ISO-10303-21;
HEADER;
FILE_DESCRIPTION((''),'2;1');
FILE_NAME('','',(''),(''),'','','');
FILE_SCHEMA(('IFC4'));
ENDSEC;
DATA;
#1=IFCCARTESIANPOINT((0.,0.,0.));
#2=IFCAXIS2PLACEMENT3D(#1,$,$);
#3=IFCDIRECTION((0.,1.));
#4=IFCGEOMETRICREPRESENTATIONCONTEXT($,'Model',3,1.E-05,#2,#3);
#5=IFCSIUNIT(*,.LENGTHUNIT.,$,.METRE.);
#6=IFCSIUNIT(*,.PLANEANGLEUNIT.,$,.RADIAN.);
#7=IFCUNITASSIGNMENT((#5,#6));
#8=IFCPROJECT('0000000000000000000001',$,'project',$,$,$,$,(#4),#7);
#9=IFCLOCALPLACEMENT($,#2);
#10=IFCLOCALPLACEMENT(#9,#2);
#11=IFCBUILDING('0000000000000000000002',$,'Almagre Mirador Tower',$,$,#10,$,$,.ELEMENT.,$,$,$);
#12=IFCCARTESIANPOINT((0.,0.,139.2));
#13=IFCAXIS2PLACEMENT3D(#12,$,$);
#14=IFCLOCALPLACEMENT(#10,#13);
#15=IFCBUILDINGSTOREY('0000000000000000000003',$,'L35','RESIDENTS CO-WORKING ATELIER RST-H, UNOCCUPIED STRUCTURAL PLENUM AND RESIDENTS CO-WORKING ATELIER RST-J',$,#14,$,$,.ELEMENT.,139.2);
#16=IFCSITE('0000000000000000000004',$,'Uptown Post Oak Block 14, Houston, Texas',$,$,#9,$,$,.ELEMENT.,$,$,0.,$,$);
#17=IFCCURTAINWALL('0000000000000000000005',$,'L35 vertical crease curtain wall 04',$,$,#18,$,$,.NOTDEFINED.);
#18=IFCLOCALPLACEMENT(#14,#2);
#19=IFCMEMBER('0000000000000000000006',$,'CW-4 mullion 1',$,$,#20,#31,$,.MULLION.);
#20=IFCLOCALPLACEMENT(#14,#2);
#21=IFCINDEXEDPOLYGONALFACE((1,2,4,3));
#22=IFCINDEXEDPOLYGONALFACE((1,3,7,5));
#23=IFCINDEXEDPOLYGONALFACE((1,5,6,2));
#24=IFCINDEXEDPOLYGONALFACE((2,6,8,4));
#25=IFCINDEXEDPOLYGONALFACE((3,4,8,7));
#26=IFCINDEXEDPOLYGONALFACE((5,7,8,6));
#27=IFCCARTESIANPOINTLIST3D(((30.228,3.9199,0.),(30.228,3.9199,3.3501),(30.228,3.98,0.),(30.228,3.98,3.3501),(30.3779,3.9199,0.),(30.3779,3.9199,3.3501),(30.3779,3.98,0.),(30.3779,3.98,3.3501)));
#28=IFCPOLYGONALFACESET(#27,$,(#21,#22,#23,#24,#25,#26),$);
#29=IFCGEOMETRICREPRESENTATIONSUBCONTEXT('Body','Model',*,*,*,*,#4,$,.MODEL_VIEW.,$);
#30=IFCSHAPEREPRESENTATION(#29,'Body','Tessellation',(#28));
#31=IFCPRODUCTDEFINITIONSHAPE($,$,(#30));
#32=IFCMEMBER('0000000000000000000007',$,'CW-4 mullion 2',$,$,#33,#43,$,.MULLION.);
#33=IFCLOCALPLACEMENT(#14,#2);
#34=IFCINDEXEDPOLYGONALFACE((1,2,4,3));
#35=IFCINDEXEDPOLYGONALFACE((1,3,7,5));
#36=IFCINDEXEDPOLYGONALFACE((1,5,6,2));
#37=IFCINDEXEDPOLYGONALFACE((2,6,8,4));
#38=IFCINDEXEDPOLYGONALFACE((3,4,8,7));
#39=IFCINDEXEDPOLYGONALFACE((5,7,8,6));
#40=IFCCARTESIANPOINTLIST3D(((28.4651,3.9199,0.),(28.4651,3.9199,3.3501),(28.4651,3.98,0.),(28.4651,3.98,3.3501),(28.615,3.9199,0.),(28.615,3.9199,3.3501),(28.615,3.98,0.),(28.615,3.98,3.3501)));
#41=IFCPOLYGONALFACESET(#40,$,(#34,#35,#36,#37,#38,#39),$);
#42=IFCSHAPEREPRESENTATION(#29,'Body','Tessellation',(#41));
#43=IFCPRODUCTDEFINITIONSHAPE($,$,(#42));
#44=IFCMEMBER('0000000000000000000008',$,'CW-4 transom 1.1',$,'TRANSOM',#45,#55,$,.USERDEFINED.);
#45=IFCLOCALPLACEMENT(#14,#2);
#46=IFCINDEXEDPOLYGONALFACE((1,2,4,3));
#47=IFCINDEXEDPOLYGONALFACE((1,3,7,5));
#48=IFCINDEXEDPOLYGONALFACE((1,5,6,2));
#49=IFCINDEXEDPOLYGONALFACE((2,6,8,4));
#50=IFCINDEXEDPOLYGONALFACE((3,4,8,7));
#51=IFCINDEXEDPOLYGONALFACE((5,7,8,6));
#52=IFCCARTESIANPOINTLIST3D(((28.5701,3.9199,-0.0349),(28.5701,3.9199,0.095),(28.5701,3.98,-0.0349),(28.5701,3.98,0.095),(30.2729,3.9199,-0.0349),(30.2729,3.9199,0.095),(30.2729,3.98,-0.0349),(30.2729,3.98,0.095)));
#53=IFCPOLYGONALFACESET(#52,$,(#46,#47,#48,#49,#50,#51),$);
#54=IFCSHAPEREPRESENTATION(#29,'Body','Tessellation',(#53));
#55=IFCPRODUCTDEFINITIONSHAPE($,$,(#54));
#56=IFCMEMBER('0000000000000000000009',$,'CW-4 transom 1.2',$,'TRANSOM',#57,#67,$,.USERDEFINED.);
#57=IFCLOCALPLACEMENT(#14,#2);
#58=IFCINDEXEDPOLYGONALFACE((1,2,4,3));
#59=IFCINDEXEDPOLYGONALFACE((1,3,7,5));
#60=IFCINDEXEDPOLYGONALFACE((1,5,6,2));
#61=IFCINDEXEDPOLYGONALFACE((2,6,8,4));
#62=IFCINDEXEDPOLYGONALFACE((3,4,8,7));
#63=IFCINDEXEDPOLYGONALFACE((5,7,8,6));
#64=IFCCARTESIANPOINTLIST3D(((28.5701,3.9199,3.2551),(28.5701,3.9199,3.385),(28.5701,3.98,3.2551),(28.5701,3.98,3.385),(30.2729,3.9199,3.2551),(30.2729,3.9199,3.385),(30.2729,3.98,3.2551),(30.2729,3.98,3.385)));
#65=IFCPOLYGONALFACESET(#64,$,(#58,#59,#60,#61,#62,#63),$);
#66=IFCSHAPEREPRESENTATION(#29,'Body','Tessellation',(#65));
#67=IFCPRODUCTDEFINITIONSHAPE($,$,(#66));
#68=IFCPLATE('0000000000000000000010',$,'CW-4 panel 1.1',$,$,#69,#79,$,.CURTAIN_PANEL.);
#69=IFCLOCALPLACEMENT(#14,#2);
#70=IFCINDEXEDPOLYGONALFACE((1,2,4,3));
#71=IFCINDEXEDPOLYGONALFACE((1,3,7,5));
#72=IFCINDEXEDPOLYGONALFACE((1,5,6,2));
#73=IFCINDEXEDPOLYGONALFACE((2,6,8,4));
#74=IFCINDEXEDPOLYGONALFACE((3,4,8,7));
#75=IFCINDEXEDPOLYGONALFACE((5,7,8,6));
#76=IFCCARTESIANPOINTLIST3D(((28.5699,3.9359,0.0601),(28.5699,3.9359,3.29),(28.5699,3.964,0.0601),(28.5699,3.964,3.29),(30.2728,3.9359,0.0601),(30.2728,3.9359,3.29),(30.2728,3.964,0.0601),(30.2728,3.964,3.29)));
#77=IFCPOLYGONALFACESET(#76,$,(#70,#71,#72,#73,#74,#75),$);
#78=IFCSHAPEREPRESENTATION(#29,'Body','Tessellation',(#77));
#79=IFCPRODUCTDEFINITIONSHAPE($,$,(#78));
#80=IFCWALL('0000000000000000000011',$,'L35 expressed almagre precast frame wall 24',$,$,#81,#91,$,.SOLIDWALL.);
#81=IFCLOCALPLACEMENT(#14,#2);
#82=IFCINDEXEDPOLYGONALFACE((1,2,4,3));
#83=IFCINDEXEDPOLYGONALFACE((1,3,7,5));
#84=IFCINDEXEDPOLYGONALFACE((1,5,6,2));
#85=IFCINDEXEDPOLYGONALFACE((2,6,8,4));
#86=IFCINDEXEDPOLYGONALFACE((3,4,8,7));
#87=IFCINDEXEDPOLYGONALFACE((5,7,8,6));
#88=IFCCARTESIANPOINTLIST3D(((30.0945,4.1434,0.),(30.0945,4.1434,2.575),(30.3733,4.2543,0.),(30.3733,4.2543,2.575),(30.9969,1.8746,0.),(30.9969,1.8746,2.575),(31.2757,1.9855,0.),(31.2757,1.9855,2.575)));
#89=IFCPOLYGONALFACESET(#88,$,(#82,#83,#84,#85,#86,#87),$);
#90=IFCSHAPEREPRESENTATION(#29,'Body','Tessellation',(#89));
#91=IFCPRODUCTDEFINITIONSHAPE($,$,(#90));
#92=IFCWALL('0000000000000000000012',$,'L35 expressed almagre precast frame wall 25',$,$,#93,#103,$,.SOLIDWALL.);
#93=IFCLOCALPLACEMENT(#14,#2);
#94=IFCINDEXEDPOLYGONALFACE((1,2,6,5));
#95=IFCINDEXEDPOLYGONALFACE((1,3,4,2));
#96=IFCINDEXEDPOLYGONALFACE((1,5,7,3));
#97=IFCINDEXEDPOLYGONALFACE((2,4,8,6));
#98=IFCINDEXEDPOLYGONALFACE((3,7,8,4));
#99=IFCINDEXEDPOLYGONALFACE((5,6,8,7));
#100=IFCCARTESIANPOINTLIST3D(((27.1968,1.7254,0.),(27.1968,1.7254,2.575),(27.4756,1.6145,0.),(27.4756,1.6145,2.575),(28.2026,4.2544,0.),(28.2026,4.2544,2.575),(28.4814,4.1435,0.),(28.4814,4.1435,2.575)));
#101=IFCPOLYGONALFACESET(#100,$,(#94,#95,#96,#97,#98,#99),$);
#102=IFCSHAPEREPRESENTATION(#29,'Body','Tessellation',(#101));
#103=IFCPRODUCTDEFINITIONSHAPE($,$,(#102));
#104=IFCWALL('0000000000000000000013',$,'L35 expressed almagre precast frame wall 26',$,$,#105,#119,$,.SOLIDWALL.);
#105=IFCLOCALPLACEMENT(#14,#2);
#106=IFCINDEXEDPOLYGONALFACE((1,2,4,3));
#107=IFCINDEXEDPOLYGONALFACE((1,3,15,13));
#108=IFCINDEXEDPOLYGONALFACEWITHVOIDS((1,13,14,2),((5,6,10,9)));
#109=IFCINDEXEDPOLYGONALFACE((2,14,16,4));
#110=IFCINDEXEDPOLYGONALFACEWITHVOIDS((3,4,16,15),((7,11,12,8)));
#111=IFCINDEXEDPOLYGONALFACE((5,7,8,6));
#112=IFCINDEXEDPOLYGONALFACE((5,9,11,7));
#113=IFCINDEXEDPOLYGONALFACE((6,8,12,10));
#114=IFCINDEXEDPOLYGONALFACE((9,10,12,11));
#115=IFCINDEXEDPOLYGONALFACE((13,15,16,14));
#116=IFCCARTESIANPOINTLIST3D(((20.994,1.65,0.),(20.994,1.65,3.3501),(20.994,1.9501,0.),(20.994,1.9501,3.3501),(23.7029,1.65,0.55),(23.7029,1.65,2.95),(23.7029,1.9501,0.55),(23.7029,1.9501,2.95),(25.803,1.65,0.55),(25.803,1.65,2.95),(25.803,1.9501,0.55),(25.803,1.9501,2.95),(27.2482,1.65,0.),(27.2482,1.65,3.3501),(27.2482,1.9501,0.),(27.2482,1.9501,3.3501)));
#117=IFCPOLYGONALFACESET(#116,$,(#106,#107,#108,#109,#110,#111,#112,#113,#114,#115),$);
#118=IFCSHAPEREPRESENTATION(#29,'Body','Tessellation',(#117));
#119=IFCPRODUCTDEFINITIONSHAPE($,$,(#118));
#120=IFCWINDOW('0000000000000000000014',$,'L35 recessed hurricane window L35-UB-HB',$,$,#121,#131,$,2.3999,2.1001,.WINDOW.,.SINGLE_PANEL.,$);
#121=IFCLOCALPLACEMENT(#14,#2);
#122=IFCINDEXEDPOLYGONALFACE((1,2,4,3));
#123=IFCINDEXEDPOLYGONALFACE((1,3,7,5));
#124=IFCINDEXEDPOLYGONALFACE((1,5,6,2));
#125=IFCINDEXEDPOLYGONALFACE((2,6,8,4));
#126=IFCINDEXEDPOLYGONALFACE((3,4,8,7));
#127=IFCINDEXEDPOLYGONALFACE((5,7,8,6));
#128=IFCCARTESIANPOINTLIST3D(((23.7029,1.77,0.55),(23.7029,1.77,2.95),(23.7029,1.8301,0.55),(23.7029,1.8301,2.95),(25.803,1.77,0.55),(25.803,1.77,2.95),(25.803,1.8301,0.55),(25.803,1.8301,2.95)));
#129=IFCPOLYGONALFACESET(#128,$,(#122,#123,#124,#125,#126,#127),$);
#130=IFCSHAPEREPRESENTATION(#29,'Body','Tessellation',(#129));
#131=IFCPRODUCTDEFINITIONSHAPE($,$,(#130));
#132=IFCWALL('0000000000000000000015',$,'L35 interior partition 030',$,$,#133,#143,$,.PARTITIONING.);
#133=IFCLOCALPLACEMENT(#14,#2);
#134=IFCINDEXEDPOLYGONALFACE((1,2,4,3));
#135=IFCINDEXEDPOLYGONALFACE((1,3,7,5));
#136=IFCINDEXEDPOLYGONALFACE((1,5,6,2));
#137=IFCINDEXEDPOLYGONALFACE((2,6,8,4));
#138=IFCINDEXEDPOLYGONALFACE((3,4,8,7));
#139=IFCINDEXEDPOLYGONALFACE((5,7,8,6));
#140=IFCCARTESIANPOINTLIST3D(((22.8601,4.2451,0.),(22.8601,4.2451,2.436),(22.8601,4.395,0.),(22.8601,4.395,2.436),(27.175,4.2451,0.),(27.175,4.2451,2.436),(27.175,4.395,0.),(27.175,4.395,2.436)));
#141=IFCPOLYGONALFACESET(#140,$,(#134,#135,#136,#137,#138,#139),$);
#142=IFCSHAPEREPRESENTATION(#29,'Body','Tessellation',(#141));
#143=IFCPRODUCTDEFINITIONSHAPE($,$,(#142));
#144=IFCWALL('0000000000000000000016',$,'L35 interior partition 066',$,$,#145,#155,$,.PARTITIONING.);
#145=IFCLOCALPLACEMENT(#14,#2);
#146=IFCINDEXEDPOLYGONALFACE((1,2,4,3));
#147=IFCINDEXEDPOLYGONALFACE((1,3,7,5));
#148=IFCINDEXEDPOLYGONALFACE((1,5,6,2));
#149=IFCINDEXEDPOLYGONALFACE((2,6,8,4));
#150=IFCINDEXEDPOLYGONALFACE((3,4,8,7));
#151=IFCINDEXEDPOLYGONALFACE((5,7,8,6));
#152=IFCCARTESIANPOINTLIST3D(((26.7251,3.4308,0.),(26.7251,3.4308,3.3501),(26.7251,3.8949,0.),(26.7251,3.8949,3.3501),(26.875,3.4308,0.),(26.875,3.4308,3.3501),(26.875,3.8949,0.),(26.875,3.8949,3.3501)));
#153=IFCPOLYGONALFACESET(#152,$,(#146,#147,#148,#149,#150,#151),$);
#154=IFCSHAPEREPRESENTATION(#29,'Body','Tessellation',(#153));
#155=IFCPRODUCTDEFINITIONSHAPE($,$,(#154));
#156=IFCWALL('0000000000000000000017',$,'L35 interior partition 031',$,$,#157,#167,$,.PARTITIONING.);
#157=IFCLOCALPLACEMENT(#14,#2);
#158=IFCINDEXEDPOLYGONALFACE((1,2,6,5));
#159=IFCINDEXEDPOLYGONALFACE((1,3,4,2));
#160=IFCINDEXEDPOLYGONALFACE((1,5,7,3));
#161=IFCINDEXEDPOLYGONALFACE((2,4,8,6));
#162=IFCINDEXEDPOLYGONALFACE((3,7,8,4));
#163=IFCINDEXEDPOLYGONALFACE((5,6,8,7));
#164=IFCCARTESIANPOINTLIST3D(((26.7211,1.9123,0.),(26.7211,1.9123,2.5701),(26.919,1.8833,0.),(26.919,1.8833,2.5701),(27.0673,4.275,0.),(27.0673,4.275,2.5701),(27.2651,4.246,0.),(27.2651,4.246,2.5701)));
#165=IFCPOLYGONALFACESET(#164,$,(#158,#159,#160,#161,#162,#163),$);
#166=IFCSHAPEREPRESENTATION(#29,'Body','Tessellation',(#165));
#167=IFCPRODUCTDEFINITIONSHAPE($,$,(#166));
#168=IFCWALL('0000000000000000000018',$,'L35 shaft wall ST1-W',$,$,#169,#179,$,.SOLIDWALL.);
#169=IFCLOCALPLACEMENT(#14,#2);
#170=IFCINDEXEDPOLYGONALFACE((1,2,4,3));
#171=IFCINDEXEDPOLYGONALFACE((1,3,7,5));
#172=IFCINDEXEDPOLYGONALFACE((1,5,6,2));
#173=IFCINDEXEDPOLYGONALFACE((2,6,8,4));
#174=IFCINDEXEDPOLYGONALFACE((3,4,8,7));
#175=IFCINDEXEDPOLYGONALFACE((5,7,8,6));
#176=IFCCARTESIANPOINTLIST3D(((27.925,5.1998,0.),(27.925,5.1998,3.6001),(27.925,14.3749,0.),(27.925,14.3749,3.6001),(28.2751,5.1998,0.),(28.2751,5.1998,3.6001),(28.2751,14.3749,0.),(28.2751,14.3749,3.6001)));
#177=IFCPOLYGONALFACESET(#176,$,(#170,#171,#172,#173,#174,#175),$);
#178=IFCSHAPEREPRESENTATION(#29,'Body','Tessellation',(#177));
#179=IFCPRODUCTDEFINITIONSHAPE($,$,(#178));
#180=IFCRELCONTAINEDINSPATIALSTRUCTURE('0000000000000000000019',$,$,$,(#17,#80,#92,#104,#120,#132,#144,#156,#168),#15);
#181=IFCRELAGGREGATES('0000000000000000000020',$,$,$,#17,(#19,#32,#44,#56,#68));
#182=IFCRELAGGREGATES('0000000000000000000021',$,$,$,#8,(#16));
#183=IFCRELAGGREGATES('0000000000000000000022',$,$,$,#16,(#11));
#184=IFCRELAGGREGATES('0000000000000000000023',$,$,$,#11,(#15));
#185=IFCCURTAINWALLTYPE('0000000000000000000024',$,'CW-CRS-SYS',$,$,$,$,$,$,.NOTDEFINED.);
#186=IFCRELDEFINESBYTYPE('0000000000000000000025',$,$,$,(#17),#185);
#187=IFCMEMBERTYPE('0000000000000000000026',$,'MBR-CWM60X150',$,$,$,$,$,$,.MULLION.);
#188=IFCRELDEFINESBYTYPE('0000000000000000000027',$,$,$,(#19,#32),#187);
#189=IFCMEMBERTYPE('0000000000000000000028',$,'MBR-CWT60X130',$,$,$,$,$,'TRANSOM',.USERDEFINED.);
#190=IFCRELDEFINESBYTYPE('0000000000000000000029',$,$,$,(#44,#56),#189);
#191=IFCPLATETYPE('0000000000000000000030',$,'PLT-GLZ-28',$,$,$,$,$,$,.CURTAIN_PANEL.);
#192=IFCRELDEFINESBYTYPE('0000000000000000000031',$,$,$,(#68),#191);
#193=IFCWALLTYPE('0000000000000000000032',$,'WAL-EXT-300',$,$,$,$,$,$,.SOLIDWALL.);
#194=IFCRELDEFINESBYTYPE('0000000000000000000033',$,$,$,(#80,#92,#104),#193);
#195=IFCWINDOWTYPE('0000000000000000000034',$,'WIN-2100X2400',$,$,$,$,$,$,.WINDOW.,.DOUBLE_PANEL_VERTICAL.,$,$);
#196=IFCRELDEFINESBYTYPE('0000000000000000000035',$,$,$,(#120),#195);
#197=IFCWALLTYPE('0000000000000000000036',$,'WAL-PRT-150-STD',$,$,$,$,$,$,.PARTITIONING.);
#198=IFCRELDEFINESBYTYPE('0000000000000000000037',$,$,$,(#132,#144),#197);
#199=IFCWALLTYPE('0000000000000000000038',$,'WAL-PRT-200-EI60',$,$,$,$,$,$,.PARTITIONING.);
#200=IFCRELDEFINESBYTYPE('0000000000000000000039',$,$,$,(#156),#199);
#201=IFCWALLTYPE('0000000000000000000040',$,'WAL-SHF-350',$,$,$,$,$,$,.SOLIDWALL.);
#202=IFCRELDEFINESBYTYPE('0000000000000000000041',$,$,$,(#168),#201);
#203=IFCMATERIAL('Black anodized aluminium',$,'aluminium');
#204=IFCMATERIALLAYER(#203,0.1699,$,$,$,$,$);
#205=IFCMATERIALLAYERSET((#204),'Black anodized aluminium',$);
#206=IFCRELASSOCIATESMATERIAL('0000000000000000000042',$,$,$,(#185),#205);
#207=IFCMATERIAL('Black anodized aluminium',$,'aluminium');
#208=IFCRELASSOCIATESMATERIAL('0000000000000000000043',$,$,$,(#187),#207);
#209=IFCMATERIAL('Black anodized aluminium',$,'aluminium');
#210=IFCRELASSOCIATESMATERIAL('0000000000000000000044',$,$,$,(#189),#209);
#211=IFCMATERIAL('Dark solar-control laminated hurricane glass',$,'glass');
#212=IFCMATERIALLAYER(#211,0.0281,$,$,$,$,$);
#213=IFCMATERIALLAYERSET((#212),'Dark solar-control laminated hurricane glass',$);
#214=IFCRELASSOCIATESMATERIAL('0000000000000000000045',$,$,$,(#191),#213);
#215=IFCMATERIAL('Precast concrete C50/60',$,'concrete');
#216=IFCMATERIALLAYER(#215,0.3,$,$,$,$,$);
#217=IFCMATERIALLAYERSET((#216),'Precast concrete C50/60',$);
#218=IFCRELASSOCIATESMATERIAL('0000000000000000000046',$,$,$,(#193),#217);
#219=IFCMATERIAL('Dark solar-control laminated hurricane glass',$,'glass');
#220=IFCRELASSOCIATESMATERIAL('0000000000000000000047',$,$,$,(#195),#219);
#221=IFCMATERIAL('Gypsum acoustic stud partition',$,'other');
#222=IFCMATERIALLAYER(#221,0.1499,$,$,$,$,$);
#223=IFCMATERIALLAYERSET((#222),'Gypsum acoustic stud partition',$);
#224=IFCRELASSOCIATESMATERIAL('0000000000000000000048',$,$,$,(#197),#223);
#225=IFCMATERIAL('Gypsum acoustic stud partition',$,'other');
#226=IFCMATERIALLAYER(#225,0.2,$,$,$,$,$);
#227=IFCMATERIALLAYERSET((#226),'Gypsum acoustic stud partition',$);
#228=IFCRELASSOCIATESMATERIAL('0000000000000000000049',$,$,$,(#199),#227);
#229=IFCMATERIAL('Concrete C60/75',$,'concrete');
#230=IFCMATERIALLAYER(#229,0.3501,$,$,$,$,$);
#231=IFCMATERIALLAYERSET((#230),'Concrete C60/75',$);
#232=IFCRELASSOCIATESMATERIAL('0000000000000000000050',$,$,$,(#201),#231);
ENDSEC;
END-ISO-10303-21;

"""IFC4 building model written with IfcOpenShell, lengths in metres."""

from ifc_helpers import new_model, si_unit, direction, frame, frame_2d, origin, origin_2d, place, context, subcontext, project, spatial, rectangle, extrude, material, layer, layer_set, material_profile, profile_set, type_object, element, fill, aggregate, save


model = new_model("IFC4")

# Units and contexts
model_context = context("Model", 3, precision=1e-05, world=origin(), true_north=direction((0.0, 1.0)))
body_context = subcontext(model_context, "Body", "Model", "MODEL_VIEW")
ifc_project = project(units=[si_unit("LENGTHUNIT", "METRE"), si_unit("PLANEANGLEUNIT", "RADIAN")], contexts=[model_context])

# Site, building, storey
site_placement = place(None, origin())
site = spatial("IfcSite", under=ifc_project, at=site_placement, Name="Uptown Post Oak Block 14, Houston, Texas", CompositionType="ELEMENT", RefElevation=0.0)
building_placement = place(site_placement, origin())
building = spatial("IfcBuilding", under=site, at=building_placement, Name="Almagre Mirador Tower", CompositionType="ELEMENT")
storey_placement = place(building_placement, frame((0.0, 0.0, 139.2)))
storey = spatial("IfcBuildingStorey", under=building, at=storey_placement, Name="L35", Description="RESIDENTS CO-WORKING ATELIER RST-H, UNOCCUPIED STRUCTURAL PLENUM AND RESIDENTS CO-WORKING ATELIER RST-J", CompositionType="ELEMENT", Elevation=139.2)

# Curtain wall, members, plate
ifc_material_1 = material(Name="Black anodized aluminium", Category="aluminium")
ifc_layer_1 = layer(ifc_material_1, 0.1699)
ifc_layer_set_1 = layer_set([ifc_layer_1], Name="Black anodized aluminium")
curtain_wall_type = type_object("IfcCurtainWallType", Name="CW-CRS-SYS", PredefinedType="NOTDEFINED", material=ifc_layer_set_1)
curtain_wall_placement = place(storey_placement, origin())
curtain_wall = element("IfcCurtainWall", 1, at=curtain_wall_placement, inside=storey, type_object=curtain_wall_type, Name="L35 vertical crease curtain wall 04", PredefinedType="NOTDEFINED")
ifc_material_2 = material(Name="Black anodized aluminium", Category="aluminium")
ifc_material_profile_1 = material_profile(ifc_material_2, rectangle(XDim=0.0601, YDim=0.1499, at=origin_2d()), Name="CWM60X150")
ifc_profile_set_1 = profile_set([ifc_material_profile_1], Name="Black anodized aluminium")
member_type_1 = type_object("IfcMemberType", Name="MBR-CWM60X150", PredefinedType="MULLION", material=ifc_profile_set_1)
member_1_placement = place(storey_placement, frame((30.303, 3.95, 0.0), z_axis=(0.0, 0.0, 1.0), x_axis=(0.0, -1.0, 0.0)))
member_1 = element("IfcMember", 2, at=member_1_placement, type_object=member_type_1, Name="CW-4 mullion 1", PredefinedType="MULLION", context=body_context, shape_type="SweptSolid", body=[
    extrude(rectangle(XDim=0.0601, YDim=0.1499, at=origin_2d()), origin(), (0.0, 0.0, 1.0), 3.3501),
])
member_2_placement = place(storey_placement, frame((28.54, 3.95, 0.0), z_axis=(0.0, 0.0, 1.0), x_axis=(0.0, -1.0, 0.0)))
member_2 = element("IfcMember", 3, at=member_2_placement, type_object=member_type_1, Name="CW-4 mullion 2", PredefinedType="MULLION", context=body_context, shape_type="SweptSolid", body=[
    extrude(rectangle(XDim=0.0601, YDim=0.1499, at=origin_2d()), origin(), (0.0, 0.0, 1.0), 3.3501),
])
ifc_material_3 = material(Name="Black anodized aluminium", Category="aluminium")
ifc_material_profile_2 = material_profile(ifc_material_3, rectangle(XDim=0.0601, YDim=0.1299, at=origin_2d()), Name="CWT60X130")
ifc_profile_set_2 = profile_set([ifc_material_profile_2], Name="Black anodized aluminium")
member_type_2 = type_object("IfcMemberType", Name="MBR-CWT60X130", ElementType="TRANSOM", PredefinedType="USERDEFINED", material=ifc_profile_set_2)
member_3_placement = place(storey_placement, frame((30.2729, 3.95, 0.03), z_axis=(-1.0, 0.0, 0.0), x_axis=(0.0, -1.0, 0.0)))
member_3 = element("IfcMember", 4, at=member_3_placement, type_object=member_type_2, Name="CW-4 transom 1.1", ObjectType="TRANSOM", PredefinedType="USERDEFINED", context=body_context, shape_type="SweptSolid", body=[
    extrude(rectangle(XDim=0.0601, YDim=0.1299, at=origin_2d()), origin(), (0.0, 0.0, 1.0), 1.7029),
])
member_4_placement = place(storey_placement, frame((30.2729, 3.95, 3.3201), z_axis=(-1.0, 0.0, 0.0), x_axis=(0.0, -1.0, 0.0)))
member_4 = element("IfcMember", 5, at=member_4_placement, type_object=member_type_2, Name="CW-4 transom 1.2", ObjectType="TRANSOM", PredefinedType="USERDEFINED", context=body_context, shape_type="SweptSolid", body=[
    extrude(rectangle(XDim=0.0601, YDim=0.1299, at=origin_2d()), origin(), (0.0, 0.0, 1.0), 1.7029),
])
ifc_material_4 = material(Name="Dark solar-control laminated hurricane glass", Category="glass")
ifc_layer_2 = layer(ifc_material_4, 0.0281)
ifc_layer_set_2 = layer_set([ifc_layer_2], Name="Dark solar-control laminated hurricane glass")
plate_type = type_object("IfcPlateType", Name="PLT-GLZ-28", PredefinedType="CURTAIN_PANEL", material=ifc_layer_set_2)
plate_placement = place(storey_placement, frame((29.4214, 3.95, 0.0601), z_axis=(0.0, 0.0, 1.0), x_axis=(-1.0, 0.0, 0.0)))
plate = element("IfcPlate", 6, at=plate_placement, type_object=plate_type, Name="CW-4 panel 1.1", PredefinedType="CURTAIN_PANEL", context=body_context, shape_type="SweptSolid", body=[
    extrude(rectangle(XDim=1.7029, YDim=0.0281, at=origin_2d()), origin(), (0.0, 0.0, 1.0), 3.23),
])
aggregate(curtain_wall, [member_1, member_2, member_3, member_4, plate])

# Walls
ifc_material_5 = material(Name="Precast concrete C50/60", Category="concrete")
ifc_layer_3 = layer(ifc_material_5, 0.3)
ifc_layer_set_3 = layer_set([ifc_layer_3], Name="Precast concrete C50/60")
wall_type_1 = type_object("IfcWallType", Name="WAL-EXT-300", PredefinedType="SOLIDWALL", material=ifc_layer_set_3)
wall_1_placement = place(storey_placement, frame((31.1362, 1.9302, 0.0), z_axis=(0.0, 0.0, 1.0), x_axis=(-0.369563, 0.929206, 0.0)))
element("IfcWall", 7, at=wall_1_placement, inside=storey, type_object=wall_type_1, Name="L35 expressed almagre precast frame wall 24", PredefinedType="SOLIDWALL", context=body_context, shape_type="SweptSolid", body=[
    extrude(rectangle(XDim=2.4417, YDim=0.3, at=frame_2d((1.2207, 0.0))), origin(), (0.0, 0.0, 1.0), 2.575),
])
wall_2_placement = place(storey_placement, frame((28.342, 4.199, 0.0), z_axis=(0.0, 0.0, 1.0), x_axis=(-0.369565, -0.929205, 0.0)))
element("IfcWall", 8, at=wall_2_placement, inside=storey, type_object=wall_type_1, Name="L35 expressed almagre precast frame wall 25", PredefinedType="SOLIDWALL", context=body_context, shape_type="SweptSolid", body=[
    extrude(rectangle(XDim=2.7217, YDim=0.3, at=frame_2d((1.3608, 0.0))), origin(), (0.0, 0.0, 1.0), 2.575),
])

# Wall, opening, window
wall_3_placement = place(storey_placement, frame((27.248, 1.8, 0.0), z_axis=(0.0, 0.0, 1.0), x_axis=(-1.0, 0.0, 0.0)))
wall_3 = element("IfcWall", 9, at=wall_3_placement, inside=storey, type_object=wall_type_1, Name="L35 expressed almagre precast frame wall 26", PredefinedType="SOLIDWALL", context=body_context, shape_type="SweptSolid", body=[
    extrude(rectangle(XDim=6.2542, YDim=0.3, at=frame_2d((3.127, 0.0))), origin(), (0.0, 0.0, 1.0), 3.3501),
])
opening_1_placement = place(wall_3_placement, frame((1.4451, 0.0, 0.55)))
opening_1 = element("IfcOpeningElement", 10, at=opening_1_placement, cuts=wall_3, PredefinedType="OPENING", context=body_context, shape_type="SweptSolid", body=[
    extrude(rectangle(XDim=2.1001, YDim=2.3999, at=frame_2d((1.05, 1.2))), frame((0.0, 0.1599, 0.0), z_axis=(0.0, -1.0, 0.0), x_axis=(1.0, 0.0, 0.0)), (0.0, 0.0, 1.0), 0.32),
])
ifc_material_6 = material(Name="Dark solar-control laminated hurricane glass", Category="glass")
window_type = type_object("IfcWindowType", Name="WIN-2100X2400", PartitioningType="DOUBLE_PANEL_VERTICAL", PredefinedType="WINDOW", material=ifc_material_6)
window_placement = place(opening_1_placement, origin())
window = element("IfcWindow", 11, at=window_placement, inside=storey, type_object=window_type, Name="L35 recessed hurricane window L35-UB-HB", OverallHeight=2.3999, OverallWidth=2.1001, PartitioningType="SINGLE_PANEL", PredefinedType="WINDOW", context=body_context, shape_type="SweptSolid", body=[
    extrude(rectangle(XDim=2.1001, YDim=2.3999, at=frame_2d((1.05, 1.2))), frame((0.0, 0.03, 0.0), z_axis=(0.0, -1.0, 0.0), x_axis=(1.0, 0.0, 0.0)), (0.0, 0.0, 1.0), 0.0601),
])
fill(opening_1, window)

# Walls
ifc_material_7 = material(Name="Gypsum acoustic stud partition", Category="other")
ifc_layer_4 = layer(ifc_material_7, 0.1499)
ifc_layer_set_4 = layer_set([ifc_layer_4], Name="Gypsum acoustic stud partition")
wall_type_2 = type_object("IfcWallType", Name="WAL-PRT-150-STD", PredefinedType="PARTITIONING", material=ifc_layer_set_4)
wall_4_placement = place(storey_placement, frame((27.175, 4.3201, 0.0), z_axis=(0.0, 0.0, 1.0), x_axis=(-1.0, 0.0, 0.0)))
element("IfcWall", 12, at=wall_4_placement, inside=storey, type_object=wall_type_2, Name="L35 interior partition 030", PredefinedType="PARTITIONING", context=body_context, shape_type="SweptSolid", body=[
    extrude(rectangle(XDim=4.3149, YDim=0.1499, at=frame_2d((2.1575, 0.0))), origin(), (0.0, 0.0, 1.0), 2.436),
])
wall_5_placement = place(storey_placement, frame((26.8, 3.4309, 0.0), z_axis=(0.0, 0.0, 1.0), x_axis=(0.0, 1.0, 0.0)))
element("IfcWall", 13, at=wall_5_placement, inside=storey, type_object=wall_type_2, Name="L35 interior partition 066", PredefinedType="PARTITIONING", context=body_context, shape_type="SweptSolid", body=[
    extrude(rectangle(XDim=0.4641, YDim=0.1499, at=frame_2d((0.2319, 0.0))), origin(), (0.0, 0.0, 1.0), 3.3501),
])
ifc_material_8 = material(Name="Gypsum acoustic stud partition", Category="other")
ifc_layer_5 = layer(ifc_material_8, 0.2)
ifc_layer_set_5 = layer_set([ifc_layer_5], Name="Gypsum acoustic stud partition")
wall_type_3 = type_object("IfcWallType", Name="WAL-PRT-200-EI60", PredefinedType="PARTITIONING", material=ifc_layer_set_5)
wall_6_placement = place(storey_placement, frame((26.8201, 1.8979, 0.0), z_axis=(0.0, 0.0, 1.0), x_axis=(0.14497, 0.989436, 0.0)))
element("IfcWall", 14, at=wall_6_placement, inside=storey, type_object=wall_type_3, Name="L35 interior partition 031", PredefinedType="PARTITIONING", context=body_context, shape_type="SweptSolid", body=[
    extrude(rectangle(XDim=2.3879, YDim=0.2, at=frame_2d((1.1938, 0.0))), origin(), (0.0, 0.0, 1.0), 2.5701),
])
ifc_material_9 = material(Name="Concrete C60/75", Category="concrete")
ifc_layer_6 = layer(ifc_material_9, 0.3501)
ifc_layer_set_6 = layer_set([ifc_layer_6], Name="Concrete C60/75")
wall_type_4 = type_object("IfcWallType", Name="WAL-SHF-350", PredefinedType="SOLIDWALL", material=ifc_layer_set_6)
wall_7_placement = place(storey_placement, frame((28.1001, 5.2, 0.0), z_axis=(0.0, 0.0, 1.0), x_axis=(0.0, 1.0, 0.0)))
element("IfcWall", 15, at=wall_7_placement, inside=storey, type_object=wall_type_4, Name="L35 shaft wall ST1-W", PredefinedType="SOLIDWALL", context=body_context, shape_type="SweptSolid", body=[
    extrude(rectangle(XDim=9.175, YDim=0.3501, at=frame_2d((4.5874, 0.0))), origin(), (0.0, 0.0, 1.0), 3.6001),
])

save(model, "model.ifc")
